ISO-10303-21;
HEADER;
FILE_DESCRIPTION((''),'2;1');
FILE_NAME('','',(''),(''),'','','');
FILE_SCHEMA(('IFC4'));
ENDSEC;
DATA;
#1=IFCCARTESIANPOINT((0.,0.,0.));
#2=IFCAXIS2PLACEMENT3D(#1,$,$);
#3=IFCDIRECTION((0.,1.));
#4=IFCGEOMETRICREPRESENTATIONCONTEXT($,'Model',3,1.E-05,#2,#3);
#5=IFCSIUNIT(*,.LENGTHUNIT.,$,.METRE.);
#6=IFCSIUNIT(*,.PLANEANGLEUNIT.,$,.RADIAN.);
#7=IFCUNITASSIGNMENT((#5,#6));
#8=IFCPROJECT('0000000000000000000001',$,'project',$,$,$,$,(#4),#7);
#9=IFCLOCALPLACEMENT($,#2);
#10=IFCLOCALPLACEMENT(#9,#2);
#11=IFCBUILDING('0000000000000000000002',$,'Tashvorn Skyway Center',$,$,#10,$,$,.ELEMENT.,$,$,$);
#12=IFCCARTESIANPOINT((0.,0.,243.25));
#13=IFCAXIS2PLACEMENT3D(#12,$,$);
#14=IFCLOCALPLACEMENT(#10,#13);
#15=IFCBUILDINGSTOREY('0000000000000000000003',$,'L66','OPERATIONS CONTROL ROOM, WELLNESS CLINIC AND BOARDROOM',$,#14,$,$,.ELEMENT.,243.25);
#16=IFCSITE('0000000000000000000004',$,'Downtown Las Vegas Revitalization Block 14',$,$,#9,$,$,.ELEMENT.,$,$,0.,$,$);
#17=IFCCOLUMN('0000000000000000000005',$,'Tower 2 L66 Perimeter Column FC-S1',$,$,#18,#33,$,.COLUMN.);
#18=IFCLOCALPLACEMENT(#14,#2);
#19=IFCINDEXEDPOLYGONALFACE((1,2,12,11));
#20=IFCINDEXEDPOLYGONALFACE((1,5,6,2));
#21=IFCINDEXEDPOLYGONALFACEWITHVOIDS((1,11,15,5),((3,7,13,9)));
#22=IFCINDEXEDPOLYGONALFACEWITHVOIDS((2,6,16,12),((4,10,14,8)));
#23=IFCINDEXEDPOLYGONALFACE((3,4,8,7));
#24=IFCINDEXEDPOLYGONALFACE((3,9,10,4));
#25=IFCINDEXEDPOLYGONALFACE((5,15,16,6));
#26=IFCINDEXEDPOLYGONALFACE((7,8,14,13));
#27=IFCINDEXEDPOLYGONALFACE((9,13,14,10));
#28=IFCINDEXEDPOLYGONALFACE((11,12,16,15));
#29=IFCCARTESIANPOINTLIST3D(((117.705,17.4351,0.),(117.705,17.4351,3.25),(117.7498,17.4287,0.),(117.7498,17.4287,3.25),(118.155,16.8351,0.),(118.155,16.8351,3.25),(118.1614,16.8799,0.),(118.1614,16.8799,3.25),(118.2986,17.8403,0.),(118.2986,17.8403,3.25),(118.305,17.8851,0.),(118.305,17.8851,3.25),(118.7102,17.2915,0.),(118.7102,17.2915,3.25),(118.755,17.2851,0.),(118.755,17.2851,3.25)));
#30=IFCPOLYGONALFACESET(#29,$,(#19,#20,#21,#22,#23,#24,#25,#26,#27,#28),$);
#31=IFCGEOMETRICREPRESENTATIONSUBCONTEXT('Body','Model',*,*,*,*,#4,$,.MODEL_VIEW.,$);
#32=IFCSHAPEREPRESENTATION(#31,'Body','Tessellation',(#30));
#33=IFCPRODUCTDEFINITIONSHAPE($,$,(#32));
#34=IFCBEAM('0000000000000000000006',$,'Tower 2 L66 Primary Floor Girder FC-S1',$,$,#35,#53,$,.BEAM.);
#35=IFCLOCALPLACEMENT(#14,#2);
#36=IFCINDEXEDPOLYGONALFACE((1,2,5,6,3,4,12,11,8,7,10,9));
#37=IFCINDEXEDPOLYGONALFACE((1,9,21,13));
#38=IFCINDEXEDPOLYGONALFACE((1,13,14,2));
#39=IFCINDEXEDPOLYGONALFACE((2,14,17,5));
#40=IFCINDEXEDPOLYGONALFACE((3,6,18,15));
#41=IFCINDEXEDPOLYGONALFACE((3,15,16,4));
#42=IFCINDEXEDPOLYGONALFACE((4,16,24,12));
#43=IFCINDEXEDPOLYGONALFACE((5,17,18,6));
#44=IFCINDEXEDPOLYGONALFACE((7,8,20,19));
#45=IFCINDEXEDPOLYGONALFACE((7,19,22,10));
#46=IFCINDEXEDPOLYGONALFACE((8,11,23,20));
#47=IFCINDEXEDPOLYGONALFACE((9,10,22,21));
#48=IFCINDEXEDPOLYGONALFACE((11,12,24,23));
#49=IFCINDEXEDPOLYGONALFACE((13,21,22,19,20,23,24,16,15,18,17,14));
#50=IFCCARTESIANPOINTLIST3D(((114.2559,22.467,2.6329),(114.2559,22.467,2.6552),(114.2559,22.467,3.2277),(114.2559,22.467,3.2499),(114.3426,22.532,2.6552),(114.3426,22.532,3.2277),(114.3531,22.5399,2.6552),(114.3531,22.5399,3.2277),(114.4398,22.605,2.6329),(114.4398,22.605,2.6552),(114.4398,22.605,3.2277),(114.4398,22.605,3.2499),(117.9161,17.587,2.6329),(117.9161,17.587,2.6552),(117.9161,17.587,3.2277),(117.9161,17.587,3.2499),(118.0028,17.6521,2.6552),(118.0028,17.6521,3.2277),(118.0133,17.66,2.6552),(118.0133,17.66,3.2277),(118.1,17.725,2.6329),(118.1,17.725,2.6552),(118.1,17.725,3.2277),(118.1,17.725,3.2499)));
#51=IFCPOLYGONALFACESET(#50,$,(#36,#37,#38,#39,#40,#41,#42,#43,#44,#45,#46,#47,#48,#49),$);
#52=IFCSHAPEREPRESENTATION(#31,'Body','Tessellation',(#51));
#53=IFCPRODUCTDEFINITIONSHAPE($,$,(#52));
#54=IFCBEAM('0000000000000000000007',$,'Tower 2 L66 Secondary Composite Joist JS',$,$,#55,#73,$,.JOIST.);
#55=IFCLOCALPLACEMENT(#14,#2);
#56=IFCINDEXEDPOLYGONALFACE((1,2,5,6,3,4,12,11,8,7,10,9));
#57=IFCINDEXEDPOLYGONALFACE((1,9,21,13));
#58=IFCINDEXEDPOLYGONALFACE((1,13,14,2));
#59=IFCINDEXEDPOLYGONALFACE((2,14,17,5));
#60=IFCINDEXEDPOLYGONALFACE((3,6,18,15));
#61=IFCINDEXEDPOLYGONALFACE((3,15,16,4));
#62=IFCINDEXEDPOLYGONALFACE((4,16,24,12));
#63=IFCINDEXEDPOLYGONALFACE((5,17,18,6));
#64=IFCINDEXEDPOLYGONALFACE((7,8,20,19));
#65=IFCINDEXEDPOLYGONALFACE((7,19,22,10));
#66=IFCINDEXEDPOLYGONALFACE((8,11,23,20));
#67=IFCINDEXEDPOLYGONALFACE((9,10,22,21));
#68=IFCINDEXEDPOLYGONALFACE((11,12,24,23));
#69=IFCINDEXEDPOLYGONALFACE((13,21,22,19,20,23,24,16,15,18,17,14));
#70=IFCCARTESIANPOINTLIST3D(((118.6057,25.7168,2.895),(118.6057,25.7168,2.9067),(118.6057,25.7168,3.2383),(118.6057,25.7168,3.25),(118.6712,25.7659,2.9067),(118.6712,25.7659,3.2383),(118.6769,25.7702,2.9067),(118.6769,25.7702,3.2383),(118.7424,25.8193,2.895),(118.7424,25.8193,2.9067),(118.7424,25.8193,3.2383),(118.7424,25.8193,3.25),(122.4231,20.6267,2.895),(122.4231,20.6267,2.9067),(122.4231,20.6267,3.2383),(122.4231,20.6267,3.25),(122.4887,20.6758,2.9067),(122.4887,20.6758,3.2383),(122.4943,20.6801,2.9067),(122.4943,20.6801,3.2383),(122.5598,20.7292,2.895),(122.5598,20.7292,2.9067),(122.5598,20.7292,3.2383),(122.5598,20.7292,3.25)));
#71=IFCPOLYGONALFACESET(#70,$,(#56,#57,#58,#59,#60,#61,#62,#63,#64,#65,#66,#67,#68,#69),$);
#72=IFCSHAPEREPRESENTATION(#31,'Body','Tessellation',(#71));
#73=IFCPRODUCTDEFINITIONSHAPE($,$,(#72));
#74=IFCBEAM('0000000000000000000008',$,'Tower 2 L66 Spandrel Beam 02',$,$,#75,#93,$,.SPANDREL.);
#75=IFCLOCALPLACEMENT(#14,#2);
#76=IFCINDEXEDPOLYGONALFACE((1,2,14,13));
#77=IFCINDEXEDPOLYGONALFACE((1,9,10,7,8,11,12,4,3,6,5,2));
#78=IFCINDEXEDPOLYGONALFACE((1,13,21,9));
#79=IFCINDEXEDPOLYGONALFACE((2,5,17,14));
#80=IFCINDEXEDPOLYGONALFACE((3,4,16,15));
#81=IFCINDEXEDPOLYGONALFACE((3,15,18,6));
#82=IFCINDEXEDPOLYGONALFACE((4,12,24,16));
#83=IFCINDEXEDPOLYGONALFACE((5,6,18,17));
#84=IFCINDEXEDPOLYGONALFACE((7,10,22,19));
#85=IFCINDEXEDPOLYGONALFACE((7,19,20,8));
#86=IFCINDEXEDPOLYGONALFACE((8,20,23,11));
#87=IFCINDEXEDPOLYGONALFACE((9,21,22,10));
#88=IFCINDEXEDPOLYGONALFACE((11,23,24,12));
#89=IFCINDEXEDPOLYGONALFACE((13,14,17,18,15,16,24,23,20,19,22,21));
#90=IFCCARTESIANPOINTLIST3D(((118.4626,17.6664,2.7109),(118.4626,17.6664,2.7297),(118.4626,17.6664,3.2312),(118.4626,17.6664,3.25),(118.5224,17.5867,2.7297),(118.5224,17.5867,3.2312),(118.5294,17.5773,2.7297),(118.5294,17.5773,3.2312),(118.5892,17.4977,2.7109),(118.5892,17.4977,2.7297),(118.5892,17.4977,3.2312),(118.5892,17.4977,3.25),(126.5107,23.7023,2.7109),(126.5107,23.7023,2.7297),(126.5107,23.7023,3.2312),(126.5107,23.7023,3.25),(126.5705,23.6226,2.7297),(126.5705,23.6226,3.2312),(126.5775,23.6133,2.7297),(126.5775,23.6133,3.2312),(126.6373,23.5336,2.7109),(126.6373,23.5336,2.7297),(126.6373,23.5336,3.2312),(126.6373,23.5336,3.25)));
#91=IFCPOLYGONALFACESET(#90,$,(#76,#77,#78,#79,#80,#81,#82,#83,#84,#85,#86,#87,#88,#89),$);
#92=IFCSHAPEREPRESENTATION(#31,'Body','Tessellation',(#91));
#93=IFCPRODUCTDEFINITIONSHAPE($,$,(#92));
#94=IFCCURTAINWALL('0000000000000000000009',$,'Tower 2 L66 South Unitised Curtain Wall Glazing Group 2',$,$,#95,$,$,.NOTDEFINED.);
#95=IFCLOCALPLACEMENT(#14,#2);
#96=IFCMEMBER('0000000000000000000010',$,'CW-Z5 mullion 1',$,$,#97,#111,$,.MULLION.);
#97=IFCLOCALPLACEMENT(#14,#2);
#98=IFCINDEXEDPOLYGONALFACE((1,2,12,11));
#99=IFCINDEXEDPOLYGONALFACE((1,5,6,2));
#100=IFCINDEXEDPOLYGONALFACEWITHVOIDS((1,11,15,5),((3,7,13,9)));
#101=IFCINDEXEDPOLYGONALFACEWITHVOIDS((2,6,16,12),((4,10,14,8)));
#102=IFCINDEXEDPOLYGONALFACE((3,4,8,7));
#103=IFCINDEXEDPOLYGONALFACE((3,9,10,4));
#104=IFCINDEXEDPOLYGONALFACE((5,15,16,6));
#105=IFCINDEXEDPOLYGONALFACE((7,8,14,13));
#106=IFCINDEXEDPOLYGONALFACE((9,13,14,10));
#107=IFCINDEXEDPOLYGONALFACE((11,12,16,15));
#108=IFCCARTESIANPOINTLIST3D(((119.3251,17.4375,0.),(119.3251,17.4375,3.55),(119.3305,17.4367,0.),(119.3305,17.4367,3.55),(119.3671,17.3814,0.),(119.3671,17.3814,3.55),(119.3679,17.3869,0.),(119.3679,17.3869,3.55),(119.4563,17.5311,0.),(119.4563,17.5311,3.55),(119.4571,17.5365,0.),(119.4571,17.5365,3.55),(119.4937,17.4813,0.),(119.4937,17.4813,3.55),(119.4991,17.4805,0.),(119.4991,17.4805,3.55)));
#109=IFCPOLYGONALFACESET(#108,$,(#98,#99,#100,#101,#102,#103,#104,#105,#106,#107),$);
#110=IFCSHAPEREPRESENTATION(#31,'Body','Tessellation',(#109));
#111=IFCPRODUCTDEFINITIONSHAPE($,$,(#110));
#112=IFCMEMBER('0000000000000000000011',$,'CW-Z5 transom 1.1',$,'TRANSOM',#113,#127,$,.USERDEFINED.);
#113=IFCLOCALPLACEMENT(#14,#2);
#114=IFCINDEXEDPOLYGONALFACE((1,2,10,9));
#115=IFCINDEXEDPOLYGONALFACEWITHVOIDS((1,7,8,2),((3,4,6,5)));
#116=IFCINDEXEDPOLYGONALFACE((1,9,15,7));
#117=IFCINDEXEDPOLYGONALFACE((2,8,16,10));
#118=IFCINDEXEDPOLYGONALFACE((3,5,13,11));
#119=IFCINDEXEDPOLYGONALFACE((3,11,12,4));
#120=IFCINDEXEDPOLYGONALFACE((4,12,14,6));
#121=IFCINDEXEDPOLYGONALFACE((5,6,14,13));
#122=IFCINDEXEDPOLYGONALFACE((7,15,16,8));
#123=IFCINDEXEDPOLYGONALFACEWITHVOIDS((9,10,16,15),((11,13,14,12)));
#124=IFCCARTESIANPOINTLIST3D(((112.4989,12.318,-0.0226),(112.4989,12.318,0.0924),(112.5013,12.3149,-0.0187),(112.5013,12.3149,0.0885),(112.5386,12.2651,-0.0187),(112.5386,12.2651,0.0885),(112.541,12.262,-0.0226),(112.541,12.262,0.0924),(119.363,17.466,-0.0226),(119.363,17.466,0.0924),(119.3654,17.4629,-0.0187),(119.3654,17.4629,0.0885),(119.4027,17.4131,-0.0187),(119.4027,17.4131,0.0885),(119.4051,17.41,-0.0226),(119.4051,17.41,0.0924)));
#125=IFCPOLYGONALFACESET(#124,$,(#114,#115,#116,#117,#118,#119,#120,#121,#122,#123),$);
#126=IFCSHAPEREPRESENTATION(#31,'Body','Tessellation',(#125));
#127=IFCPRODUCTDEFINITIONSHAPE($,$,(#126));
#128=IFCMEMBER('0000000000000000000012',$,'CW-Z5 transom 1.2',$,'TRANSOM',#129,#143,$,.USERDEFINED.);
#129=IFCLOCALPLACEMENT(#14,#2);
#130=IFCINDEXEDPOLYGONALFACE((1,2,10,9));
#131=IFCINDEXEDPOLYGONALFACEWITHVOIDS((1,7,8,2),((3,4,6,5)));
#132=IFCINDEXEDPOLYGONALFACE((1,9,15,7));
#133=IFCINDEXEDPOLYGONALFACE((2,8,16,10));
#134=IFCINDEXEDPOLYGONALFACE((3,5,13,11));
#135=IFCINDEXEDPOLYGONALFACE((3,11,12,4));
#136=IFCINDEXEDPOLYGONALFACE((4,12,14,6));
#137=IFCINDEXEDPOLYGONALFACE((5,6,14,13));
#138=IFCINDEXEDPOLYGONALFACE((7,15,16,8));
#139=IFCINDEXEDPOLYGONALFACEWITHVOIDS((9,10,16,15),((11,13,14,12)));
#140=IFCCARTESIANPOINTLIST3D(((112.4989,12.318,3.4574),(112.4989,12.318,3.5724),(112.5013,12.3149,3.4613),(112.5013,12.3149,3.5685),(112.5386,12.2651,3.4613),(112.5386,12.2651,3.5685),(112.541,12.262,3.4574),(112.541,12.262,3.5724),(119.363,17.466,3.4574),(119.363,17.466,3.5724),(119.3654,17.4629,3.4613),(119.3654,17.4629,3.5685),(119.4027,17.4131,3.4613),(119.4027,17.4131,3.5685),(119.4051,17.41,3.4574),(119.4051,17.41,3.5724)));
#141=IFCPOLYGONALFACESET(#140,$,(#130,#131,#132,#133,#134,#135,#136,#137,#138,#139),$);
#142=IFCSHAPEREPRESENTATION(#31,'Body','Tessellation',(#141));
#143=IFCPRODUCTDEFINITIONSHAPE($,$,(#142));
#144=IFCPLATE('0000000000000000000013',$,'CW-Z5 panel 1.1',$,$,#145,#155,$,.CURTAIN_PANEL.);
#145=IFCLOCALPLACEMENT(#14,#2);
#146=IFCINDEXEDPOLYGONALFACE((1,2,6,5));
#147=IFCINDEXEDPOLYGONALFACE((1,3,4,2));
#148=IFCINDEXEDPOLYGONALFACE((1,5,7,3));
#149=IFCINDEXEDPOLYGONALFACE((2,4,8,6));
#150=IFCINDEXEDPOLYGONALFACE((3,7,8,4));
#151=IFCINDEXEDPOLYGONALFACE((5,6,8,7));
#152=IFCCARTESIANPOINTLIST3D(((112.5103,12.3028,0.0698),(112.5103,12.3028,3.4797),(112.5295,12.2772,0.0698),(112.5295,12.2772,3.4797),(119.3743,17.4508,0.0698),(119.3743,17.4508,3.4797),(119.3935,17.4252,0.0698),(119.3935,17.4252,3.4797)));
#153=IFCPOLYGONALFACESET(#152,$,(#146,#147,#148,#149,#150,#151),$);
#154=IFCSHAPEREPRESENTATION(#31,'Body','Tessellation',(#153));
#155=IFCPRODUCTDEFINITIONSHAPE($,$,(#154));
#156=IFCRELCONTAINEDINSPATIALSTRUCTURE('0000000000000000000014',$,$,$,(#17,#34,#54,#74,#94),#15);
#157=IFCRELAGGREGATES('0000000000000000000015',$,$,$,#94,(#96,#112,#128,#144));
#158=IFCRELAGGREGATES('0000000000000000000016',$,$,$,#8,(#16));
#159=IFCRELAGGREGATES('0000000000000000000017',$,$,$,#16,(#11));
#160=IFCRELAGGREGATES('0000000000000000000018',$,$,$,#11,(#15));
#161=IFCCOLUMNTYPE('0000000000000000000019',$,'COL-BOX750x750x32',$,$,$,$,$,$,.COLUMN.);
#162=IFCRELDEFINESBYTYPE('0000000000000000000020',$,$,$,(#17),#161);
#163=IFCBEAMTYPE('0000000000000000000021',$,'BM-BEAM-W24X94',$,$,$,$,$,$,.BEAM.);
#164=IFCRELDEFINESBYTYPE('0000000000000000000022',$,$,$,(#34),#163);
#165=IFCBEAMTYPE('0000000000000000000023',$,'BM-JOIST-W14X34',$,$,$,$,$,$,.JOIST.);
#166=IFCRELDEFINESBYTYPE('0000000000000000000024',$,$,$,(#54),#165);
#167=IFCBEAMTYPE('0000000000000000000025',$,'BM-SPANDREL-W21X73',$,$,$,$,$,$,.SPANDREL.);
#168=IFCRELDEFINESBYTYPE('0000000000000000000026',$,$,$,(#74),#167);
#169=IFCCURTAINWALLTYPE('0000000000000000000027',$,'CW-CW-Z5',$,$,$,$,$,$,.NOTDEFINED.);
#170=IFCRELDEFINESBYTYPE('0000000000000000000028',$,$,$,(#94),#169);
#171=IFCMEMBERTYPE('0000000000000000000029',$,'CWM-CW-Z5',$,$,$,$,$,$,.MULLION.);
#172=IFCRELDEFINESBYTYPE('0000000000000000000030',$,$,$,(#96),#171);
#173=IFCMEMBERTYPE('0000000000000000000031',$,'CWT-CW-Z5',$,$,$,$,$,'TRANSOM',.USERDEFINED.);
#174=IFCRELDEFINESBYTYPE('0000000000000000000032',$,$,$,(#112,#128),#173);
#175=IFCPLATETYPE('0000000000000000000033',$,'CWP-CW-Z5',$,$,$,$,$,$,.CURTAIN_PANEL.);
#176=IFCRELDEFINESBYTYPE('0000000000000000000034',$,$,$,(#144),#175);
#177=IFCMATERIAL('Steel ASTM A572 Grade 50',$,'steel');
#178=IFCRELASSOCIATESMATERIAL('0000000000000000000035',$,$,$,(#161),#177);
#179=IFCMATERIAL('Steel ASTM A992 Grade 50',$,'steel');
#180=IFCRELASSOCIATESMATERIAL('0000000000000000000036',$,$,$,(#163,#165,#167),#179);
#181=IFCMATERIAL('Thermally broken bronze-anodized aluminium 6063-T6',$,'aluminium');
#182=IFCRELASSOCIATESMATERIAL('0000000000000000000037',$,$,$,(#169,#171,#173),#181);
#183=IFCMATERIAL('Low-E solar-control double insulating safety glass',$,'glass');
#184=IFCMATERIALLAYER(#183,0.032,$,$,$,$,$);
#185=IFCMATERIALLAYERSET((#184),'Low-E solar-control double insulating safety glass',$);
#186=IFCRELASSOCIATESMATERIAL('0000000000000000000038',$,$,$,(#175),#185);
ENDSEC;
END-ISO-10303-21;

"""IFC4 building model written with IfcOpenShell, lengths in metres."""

from ifc_helpers import new_model, si_unit, direction, frame, origin, origin_2d, place, context, subcontext, project, spatial, rectangle, hollow_rectangle, i_section, extrude, material, layer, layer_set, material_profile, profile_set, type_object, element, aggregate, save


model = new_model("IFC4")

# Units and contexts
model_context = context("Model", 3, precision=1e-05, world=origin(), true_north=direction((0.0, 1.0)))
body_context = subcontext(model_context, "Body", "Model", "MODEL_VIEW")
ifc_project = project(units=[si_unit("LENGTHUNIT", "METRE"), si_unit("PLANEANGLEUNIT", "RADIAN")], contexts=[model_context])

# Site, building, storey
site_placement = place(None, origin())
site = spatial("IfcSite", under=ifc_project, at=site_placement, Name="Downtown Las Vegas Revitalization Block 14", CompositionType="ELEMENT", RefElevation=0.0)
building_placement = place(site_placement, origin())
building = spatial("IfcBuilding", under=site, at=building_placement, Name="Tashvorn Skyway Center", CompositionType="ELEMENT")
storey_placement = place(building_placement, frame((0.0, 0.0, 243.25)))
storey = spatial("IfcBuildingStorey", under=building, at=storey_placement, Name="L66", Description="OPERATIONS CONTROL ROOM, WELLNESS CLINIC AND BOARDROOM", CompositionType="ELEMENT", Elevation=243.25)

# Column
ifc_material_1 = material(Name="Steel ASTM A572 Grade 50", Category="steel")
ifc_material_profile_1 = material_profile(ifc_material_1, hollow_rectangle(XDim=0.75, YDim=0.75, WallThickness=0.032, at=origin_2d()), Name="BOX750x750x32")
ifc_profile_set_1 = profile_set([ifc_material_profile_1], Name="Steel ASTM A572 Grade 50")
column_type = type_object("IfcColumnType", Name="COL-BOX750x750x32", PredefinedType="COLUMN", material=ifc_profile_set_1)
column_placement = place(storey_placement, frame((118.23, 17.3601, 0.0), z_axis=(0.0, 0.0, 1.0), x_axis=(0.8, 0.6, 0.0)))
element("IfcColumn", 1, at=column_placement, inside=storey, type_object=column_type, Name="Tower 2 L66 Perimeter Column FC-S1", PredefinedType="COLUMN", context=body_context, shape_type="SweptSolid", body=[
    extrude(hollow_rectangle(XDim=0.75, YDim=0.75, WallThickness=0.032, at=origin_2d()), origin(), (0.0, 0.0, 1.0), 3.25),
])

# Beams
ifc_material_2 = material(Name="Steel ASTM A992 Grade 50", Category="steel")
ifc_material_profile_2 = material_profile(ifc_material_2, i_section(OverallWidth=0.23, OverallDepth=0.6169, WebThickness=0.0132, FlangeThickness=0.0222, at=origin_2d()), Name="W24X94")
ifc_profile_set_2 = profile_set([ifc_material_profile_2], Name="Steel ASTM A992 Grade 50")
beam_type_1 = type_object("IfcBeamType", Name="BM-BEAM-W24X94", PredefinedType="BEAM", material=ifc_profile_set_2)
beam_1_placement = place(storey_placement, frame((118.0081, 17.656, 2.9414), z_axis=(-0.600026, 0.799981, 0.0), x_axis=(-0.799981, -0.600026, 0.0)))
element("IfcBeam", 2, at=beam_1_placement, inside=storey, type_object=beam_type_1, Name="Tower 2 L66 Primary Floor Girder FC-S1", PredefinedType="BEAM", context=body_context, shape_type="SweptSolid", body=[
    extrude(i_section(OverallWidth=0.23, OverallDepth=0.6169, WebThickness=0.0132, FlangeThickness=0.0222, at=origin_2d()), origin(), (0.0, 0.0, 1.0), 6.1001),
])
ifc_material_profile_3 = material_profile(ifc_material_2, i_section(OverallWidth=0.1709, OverallDepth=0.355, WebThickness=0.0071, FlangeThickness=0.0117, at=origin_2d()), Name="W14X34")
ifc_profile_set_3 = profile_set([ifc_material_profile_3], Name="Steel ASTM A992 Grade 50")
beam_type_2 = type_object("IfcBeamType", Name="BM-JOIST-W14X34", PredefinedType="JOIST", material=ifc_profile_set_3)
beam_2_placement = place(storey_placement, frame((118.6741, 25.7681, 3.0725), z_axis=(0.599982, -0.800014, 0.0), x_axis=(0.800014, 0.599982, 0.0)))
element("IfcBeam", 3, at=beam_2_placement, inside=storey, type_object=beam_type_2, Name="Tower 2 L66 Secondary Composite Joist JS", PredefinedType="JOIST", context=body_context, shape_type="SweptSolid", body=[
    extrude(i_section(OverallWidth=0.1709, OverallDepth=0.355, WebThickness=0.0071, FlangeThickness=0.0117, at=origin_2d()), origin(), (0.0, 0.0, 1.0), 6.3625),
])
ifc_material_profile_4 = material_profile(ifc_material_2, i_section(OverallWidth=0.2109, OverallDepth=0.5391, WebThickness=0.0117, FlangeThickness=0.0188, at=origin_2d()), Name="W21X73")
ifc_profile_set_4 = profile_set([ifc_material_profile_4], Name="Steel ASTM A992 Grade 50")
beam_type_3 = type_object("IfcBeamType", Name="BM-SPANDREL-W21X73", PredefinedType="SPANDREL", material=ifc_profile_set_4)
beam_3_placement = place(storey_placement, frame((118.5259, 17.582, 2.9805), z_axis=(0.800009, 0.599988, 0.0), x_axis=(-0.599988, 0.800009, 0.0)))
element("IfcBeam", 4, at=beam_3_placement, inside=storey, type_object=beam_type_3, Name="Tower 2 L66 Spandrel Beam 02", PredefinedType="SPANDREL", context=body_context, shape_type="SweptSolid", body=[
    extrude(i_section(OverallWidth=0.2109, OverallDepth=0.5391, WebThickness=0.0117, FlangeThickness=0.0188, at=origin_2d()), origin(), (0.0, 0.0, 1.0), 10.0601),
])

# Curtain wall, members, plate
ifc_material_3 = material(Name="Thermally broken bronze-anodized aluminium 6063-T6", Category="aluminium")
curtain_wall_type = type_object("IfcCurtainWallType", Name="CW-CW-Z5", PredefinedType="NOTDEFINED", material=ifc_material_3)
curtain_wall_placement = place(storey_placement, origin())
curtain_wall = element("IfcCurtainWall", 5, at=curtain_wall_placement, inside=storey, type_object=curtain_wall_type, Name="Tower 2 L66 South Unitised Curtain Wall Glazing Group 2", PredefinedType="NOTDEFINED")
ifc_material_profile_5 = material_profile(ifc_material_3, hollow_rectangle(XDim=0.0701, YDim=0.165, WallThickness=0.0039, at=origin_2d()), Name="ALU-MULL-70x165")
ifc_profile_set_5 = profile_set([ifc_material_profile_5], Name="Thermally broken bronze-anodized aluminium 6063-T6")
member_type_1 = type_object("IfcMemberType", Name="CWM-CW-Z5", PredefinedType="MULLION", material=ifc_profile_set_5)
member_1_placement = place(storey_placement, frame((119.4121, 17.459, 0.0), z_axis=(0.0, 0.0, 1.0), x_axis=(0.6, -0.8, 0.0)))
member_1 = element("IfcMember", 6, at=member_1_placement, type_object=member_type_1, Name="CW-Z5 mullion 1", PredefinedType="MULLION", context=body_context, shape_type="SweptSolid", body=[
    extrude(hollow_rectangle(XDim=0.0701, YDim=0.165, WallThickness=0.0039, at=origin_2d()), origin(), (0.0, 0.0, 1.0), 3.55),
])
ifc_material_profile_6 = material_profile(ifc_material_3, hollow_rectangle(XDim=0.0701, YDim=0.115, WallThickness=0.0039, at=origin_2d()), Name="ALU-TRAN-70x115")
ifc_profile_set_6 = profile_set([ifc_material_profile_6], Name="Thermally broken bronze-anodized aluminium 6063-T6")
member_type_2 = type_object("IfcMemberType", Name="CWT-CW-Z5", ElementType="TRANSOM", PredefinedType="USERDEFINED", material=ifc_profile_set_6)
member_2_placement = place(storey_placement, frame((119.384, 17.438, 0.0349), z_axis=(-0.800003, -0.599995, 0.0), x_axis=(0.599995, -0.800003, 0.0)))
member_2 = element("IfcMember", 7, at=member_2_placement, type_object=member_type_2, Name="CW-Z5 transom 1.1", ObjectType="TRANSOM", PredefinedType="USERDEFINED", context=body_context, shape_type="SweptSolid", body=[
    extrude(hollow_rectangle(XDim=0.0701, YDim=0.115, WallThickness=0.0039, at=origin_2d()), origin(), (0.0, 0.0, 1.0), 8.5801),
])
member_3_placement = place(storey_placement, frame((119.384, 17.438, 3.5149), z_axis=(-0.800003, -0.599995, 0.0), x_axis=(0.599995, -0.800003, 0.0)))
member_3 = element("IfcMember", 8, at=member_3_placement, type_object=member_type_2, Name="CW-Z5 transom 1.2", ObjectType="TRANSOM", PredefinedType="USERDEFINED", context=body_context, shape_type="SweptSolid", body=[
    extrude(hollow_rectangle(XDim=0.0701, YDim=0.115, WallThickness=0.0039, at=origin_2d()), origin(), (0.0, 0.0, 1.0), 8.5801),
])
ifc_material_4 = material(Name="Low-E solar-control double insulating safety glass", Category="glass")
ifc_layer_1 = layer(ifc_material_4, 0.032)
ifc_layer_set_1 = layer_set([ifc_layer_1], Name="Low-E solar-control double insulating safety glass")
plate_type = type_object("IfcPlateType", Name="CWP-CW-Z5", PredefinedType="CURTAIN_PANEL", material=ifc_layer_set_1)
plate_placement = place(storey_placement, frame((115.9519, 14.864, 0.0698), z_axis=(0.0, 0.0, 1.0), x_axis=(-0.8, -0.6, 0.0)))
plate = element("IfcPlate", 9, at=plate_placement, type_object=plate_type, Name="CW-Z5 panel 1.1", PredefinedType="CURTAIN_PANEL", context=body_context, shape_type="SweptSolid", body=[
    extrude(rectangle(XDim=8.5801, YDim=0.032, at=origin_2d()), origin(), (0.0, 0.0, 1.0), 3.4099),
])
aggregate(curtain_wall, [member_1, member_2, member_3, plate])

save(model, "model.ifc")
